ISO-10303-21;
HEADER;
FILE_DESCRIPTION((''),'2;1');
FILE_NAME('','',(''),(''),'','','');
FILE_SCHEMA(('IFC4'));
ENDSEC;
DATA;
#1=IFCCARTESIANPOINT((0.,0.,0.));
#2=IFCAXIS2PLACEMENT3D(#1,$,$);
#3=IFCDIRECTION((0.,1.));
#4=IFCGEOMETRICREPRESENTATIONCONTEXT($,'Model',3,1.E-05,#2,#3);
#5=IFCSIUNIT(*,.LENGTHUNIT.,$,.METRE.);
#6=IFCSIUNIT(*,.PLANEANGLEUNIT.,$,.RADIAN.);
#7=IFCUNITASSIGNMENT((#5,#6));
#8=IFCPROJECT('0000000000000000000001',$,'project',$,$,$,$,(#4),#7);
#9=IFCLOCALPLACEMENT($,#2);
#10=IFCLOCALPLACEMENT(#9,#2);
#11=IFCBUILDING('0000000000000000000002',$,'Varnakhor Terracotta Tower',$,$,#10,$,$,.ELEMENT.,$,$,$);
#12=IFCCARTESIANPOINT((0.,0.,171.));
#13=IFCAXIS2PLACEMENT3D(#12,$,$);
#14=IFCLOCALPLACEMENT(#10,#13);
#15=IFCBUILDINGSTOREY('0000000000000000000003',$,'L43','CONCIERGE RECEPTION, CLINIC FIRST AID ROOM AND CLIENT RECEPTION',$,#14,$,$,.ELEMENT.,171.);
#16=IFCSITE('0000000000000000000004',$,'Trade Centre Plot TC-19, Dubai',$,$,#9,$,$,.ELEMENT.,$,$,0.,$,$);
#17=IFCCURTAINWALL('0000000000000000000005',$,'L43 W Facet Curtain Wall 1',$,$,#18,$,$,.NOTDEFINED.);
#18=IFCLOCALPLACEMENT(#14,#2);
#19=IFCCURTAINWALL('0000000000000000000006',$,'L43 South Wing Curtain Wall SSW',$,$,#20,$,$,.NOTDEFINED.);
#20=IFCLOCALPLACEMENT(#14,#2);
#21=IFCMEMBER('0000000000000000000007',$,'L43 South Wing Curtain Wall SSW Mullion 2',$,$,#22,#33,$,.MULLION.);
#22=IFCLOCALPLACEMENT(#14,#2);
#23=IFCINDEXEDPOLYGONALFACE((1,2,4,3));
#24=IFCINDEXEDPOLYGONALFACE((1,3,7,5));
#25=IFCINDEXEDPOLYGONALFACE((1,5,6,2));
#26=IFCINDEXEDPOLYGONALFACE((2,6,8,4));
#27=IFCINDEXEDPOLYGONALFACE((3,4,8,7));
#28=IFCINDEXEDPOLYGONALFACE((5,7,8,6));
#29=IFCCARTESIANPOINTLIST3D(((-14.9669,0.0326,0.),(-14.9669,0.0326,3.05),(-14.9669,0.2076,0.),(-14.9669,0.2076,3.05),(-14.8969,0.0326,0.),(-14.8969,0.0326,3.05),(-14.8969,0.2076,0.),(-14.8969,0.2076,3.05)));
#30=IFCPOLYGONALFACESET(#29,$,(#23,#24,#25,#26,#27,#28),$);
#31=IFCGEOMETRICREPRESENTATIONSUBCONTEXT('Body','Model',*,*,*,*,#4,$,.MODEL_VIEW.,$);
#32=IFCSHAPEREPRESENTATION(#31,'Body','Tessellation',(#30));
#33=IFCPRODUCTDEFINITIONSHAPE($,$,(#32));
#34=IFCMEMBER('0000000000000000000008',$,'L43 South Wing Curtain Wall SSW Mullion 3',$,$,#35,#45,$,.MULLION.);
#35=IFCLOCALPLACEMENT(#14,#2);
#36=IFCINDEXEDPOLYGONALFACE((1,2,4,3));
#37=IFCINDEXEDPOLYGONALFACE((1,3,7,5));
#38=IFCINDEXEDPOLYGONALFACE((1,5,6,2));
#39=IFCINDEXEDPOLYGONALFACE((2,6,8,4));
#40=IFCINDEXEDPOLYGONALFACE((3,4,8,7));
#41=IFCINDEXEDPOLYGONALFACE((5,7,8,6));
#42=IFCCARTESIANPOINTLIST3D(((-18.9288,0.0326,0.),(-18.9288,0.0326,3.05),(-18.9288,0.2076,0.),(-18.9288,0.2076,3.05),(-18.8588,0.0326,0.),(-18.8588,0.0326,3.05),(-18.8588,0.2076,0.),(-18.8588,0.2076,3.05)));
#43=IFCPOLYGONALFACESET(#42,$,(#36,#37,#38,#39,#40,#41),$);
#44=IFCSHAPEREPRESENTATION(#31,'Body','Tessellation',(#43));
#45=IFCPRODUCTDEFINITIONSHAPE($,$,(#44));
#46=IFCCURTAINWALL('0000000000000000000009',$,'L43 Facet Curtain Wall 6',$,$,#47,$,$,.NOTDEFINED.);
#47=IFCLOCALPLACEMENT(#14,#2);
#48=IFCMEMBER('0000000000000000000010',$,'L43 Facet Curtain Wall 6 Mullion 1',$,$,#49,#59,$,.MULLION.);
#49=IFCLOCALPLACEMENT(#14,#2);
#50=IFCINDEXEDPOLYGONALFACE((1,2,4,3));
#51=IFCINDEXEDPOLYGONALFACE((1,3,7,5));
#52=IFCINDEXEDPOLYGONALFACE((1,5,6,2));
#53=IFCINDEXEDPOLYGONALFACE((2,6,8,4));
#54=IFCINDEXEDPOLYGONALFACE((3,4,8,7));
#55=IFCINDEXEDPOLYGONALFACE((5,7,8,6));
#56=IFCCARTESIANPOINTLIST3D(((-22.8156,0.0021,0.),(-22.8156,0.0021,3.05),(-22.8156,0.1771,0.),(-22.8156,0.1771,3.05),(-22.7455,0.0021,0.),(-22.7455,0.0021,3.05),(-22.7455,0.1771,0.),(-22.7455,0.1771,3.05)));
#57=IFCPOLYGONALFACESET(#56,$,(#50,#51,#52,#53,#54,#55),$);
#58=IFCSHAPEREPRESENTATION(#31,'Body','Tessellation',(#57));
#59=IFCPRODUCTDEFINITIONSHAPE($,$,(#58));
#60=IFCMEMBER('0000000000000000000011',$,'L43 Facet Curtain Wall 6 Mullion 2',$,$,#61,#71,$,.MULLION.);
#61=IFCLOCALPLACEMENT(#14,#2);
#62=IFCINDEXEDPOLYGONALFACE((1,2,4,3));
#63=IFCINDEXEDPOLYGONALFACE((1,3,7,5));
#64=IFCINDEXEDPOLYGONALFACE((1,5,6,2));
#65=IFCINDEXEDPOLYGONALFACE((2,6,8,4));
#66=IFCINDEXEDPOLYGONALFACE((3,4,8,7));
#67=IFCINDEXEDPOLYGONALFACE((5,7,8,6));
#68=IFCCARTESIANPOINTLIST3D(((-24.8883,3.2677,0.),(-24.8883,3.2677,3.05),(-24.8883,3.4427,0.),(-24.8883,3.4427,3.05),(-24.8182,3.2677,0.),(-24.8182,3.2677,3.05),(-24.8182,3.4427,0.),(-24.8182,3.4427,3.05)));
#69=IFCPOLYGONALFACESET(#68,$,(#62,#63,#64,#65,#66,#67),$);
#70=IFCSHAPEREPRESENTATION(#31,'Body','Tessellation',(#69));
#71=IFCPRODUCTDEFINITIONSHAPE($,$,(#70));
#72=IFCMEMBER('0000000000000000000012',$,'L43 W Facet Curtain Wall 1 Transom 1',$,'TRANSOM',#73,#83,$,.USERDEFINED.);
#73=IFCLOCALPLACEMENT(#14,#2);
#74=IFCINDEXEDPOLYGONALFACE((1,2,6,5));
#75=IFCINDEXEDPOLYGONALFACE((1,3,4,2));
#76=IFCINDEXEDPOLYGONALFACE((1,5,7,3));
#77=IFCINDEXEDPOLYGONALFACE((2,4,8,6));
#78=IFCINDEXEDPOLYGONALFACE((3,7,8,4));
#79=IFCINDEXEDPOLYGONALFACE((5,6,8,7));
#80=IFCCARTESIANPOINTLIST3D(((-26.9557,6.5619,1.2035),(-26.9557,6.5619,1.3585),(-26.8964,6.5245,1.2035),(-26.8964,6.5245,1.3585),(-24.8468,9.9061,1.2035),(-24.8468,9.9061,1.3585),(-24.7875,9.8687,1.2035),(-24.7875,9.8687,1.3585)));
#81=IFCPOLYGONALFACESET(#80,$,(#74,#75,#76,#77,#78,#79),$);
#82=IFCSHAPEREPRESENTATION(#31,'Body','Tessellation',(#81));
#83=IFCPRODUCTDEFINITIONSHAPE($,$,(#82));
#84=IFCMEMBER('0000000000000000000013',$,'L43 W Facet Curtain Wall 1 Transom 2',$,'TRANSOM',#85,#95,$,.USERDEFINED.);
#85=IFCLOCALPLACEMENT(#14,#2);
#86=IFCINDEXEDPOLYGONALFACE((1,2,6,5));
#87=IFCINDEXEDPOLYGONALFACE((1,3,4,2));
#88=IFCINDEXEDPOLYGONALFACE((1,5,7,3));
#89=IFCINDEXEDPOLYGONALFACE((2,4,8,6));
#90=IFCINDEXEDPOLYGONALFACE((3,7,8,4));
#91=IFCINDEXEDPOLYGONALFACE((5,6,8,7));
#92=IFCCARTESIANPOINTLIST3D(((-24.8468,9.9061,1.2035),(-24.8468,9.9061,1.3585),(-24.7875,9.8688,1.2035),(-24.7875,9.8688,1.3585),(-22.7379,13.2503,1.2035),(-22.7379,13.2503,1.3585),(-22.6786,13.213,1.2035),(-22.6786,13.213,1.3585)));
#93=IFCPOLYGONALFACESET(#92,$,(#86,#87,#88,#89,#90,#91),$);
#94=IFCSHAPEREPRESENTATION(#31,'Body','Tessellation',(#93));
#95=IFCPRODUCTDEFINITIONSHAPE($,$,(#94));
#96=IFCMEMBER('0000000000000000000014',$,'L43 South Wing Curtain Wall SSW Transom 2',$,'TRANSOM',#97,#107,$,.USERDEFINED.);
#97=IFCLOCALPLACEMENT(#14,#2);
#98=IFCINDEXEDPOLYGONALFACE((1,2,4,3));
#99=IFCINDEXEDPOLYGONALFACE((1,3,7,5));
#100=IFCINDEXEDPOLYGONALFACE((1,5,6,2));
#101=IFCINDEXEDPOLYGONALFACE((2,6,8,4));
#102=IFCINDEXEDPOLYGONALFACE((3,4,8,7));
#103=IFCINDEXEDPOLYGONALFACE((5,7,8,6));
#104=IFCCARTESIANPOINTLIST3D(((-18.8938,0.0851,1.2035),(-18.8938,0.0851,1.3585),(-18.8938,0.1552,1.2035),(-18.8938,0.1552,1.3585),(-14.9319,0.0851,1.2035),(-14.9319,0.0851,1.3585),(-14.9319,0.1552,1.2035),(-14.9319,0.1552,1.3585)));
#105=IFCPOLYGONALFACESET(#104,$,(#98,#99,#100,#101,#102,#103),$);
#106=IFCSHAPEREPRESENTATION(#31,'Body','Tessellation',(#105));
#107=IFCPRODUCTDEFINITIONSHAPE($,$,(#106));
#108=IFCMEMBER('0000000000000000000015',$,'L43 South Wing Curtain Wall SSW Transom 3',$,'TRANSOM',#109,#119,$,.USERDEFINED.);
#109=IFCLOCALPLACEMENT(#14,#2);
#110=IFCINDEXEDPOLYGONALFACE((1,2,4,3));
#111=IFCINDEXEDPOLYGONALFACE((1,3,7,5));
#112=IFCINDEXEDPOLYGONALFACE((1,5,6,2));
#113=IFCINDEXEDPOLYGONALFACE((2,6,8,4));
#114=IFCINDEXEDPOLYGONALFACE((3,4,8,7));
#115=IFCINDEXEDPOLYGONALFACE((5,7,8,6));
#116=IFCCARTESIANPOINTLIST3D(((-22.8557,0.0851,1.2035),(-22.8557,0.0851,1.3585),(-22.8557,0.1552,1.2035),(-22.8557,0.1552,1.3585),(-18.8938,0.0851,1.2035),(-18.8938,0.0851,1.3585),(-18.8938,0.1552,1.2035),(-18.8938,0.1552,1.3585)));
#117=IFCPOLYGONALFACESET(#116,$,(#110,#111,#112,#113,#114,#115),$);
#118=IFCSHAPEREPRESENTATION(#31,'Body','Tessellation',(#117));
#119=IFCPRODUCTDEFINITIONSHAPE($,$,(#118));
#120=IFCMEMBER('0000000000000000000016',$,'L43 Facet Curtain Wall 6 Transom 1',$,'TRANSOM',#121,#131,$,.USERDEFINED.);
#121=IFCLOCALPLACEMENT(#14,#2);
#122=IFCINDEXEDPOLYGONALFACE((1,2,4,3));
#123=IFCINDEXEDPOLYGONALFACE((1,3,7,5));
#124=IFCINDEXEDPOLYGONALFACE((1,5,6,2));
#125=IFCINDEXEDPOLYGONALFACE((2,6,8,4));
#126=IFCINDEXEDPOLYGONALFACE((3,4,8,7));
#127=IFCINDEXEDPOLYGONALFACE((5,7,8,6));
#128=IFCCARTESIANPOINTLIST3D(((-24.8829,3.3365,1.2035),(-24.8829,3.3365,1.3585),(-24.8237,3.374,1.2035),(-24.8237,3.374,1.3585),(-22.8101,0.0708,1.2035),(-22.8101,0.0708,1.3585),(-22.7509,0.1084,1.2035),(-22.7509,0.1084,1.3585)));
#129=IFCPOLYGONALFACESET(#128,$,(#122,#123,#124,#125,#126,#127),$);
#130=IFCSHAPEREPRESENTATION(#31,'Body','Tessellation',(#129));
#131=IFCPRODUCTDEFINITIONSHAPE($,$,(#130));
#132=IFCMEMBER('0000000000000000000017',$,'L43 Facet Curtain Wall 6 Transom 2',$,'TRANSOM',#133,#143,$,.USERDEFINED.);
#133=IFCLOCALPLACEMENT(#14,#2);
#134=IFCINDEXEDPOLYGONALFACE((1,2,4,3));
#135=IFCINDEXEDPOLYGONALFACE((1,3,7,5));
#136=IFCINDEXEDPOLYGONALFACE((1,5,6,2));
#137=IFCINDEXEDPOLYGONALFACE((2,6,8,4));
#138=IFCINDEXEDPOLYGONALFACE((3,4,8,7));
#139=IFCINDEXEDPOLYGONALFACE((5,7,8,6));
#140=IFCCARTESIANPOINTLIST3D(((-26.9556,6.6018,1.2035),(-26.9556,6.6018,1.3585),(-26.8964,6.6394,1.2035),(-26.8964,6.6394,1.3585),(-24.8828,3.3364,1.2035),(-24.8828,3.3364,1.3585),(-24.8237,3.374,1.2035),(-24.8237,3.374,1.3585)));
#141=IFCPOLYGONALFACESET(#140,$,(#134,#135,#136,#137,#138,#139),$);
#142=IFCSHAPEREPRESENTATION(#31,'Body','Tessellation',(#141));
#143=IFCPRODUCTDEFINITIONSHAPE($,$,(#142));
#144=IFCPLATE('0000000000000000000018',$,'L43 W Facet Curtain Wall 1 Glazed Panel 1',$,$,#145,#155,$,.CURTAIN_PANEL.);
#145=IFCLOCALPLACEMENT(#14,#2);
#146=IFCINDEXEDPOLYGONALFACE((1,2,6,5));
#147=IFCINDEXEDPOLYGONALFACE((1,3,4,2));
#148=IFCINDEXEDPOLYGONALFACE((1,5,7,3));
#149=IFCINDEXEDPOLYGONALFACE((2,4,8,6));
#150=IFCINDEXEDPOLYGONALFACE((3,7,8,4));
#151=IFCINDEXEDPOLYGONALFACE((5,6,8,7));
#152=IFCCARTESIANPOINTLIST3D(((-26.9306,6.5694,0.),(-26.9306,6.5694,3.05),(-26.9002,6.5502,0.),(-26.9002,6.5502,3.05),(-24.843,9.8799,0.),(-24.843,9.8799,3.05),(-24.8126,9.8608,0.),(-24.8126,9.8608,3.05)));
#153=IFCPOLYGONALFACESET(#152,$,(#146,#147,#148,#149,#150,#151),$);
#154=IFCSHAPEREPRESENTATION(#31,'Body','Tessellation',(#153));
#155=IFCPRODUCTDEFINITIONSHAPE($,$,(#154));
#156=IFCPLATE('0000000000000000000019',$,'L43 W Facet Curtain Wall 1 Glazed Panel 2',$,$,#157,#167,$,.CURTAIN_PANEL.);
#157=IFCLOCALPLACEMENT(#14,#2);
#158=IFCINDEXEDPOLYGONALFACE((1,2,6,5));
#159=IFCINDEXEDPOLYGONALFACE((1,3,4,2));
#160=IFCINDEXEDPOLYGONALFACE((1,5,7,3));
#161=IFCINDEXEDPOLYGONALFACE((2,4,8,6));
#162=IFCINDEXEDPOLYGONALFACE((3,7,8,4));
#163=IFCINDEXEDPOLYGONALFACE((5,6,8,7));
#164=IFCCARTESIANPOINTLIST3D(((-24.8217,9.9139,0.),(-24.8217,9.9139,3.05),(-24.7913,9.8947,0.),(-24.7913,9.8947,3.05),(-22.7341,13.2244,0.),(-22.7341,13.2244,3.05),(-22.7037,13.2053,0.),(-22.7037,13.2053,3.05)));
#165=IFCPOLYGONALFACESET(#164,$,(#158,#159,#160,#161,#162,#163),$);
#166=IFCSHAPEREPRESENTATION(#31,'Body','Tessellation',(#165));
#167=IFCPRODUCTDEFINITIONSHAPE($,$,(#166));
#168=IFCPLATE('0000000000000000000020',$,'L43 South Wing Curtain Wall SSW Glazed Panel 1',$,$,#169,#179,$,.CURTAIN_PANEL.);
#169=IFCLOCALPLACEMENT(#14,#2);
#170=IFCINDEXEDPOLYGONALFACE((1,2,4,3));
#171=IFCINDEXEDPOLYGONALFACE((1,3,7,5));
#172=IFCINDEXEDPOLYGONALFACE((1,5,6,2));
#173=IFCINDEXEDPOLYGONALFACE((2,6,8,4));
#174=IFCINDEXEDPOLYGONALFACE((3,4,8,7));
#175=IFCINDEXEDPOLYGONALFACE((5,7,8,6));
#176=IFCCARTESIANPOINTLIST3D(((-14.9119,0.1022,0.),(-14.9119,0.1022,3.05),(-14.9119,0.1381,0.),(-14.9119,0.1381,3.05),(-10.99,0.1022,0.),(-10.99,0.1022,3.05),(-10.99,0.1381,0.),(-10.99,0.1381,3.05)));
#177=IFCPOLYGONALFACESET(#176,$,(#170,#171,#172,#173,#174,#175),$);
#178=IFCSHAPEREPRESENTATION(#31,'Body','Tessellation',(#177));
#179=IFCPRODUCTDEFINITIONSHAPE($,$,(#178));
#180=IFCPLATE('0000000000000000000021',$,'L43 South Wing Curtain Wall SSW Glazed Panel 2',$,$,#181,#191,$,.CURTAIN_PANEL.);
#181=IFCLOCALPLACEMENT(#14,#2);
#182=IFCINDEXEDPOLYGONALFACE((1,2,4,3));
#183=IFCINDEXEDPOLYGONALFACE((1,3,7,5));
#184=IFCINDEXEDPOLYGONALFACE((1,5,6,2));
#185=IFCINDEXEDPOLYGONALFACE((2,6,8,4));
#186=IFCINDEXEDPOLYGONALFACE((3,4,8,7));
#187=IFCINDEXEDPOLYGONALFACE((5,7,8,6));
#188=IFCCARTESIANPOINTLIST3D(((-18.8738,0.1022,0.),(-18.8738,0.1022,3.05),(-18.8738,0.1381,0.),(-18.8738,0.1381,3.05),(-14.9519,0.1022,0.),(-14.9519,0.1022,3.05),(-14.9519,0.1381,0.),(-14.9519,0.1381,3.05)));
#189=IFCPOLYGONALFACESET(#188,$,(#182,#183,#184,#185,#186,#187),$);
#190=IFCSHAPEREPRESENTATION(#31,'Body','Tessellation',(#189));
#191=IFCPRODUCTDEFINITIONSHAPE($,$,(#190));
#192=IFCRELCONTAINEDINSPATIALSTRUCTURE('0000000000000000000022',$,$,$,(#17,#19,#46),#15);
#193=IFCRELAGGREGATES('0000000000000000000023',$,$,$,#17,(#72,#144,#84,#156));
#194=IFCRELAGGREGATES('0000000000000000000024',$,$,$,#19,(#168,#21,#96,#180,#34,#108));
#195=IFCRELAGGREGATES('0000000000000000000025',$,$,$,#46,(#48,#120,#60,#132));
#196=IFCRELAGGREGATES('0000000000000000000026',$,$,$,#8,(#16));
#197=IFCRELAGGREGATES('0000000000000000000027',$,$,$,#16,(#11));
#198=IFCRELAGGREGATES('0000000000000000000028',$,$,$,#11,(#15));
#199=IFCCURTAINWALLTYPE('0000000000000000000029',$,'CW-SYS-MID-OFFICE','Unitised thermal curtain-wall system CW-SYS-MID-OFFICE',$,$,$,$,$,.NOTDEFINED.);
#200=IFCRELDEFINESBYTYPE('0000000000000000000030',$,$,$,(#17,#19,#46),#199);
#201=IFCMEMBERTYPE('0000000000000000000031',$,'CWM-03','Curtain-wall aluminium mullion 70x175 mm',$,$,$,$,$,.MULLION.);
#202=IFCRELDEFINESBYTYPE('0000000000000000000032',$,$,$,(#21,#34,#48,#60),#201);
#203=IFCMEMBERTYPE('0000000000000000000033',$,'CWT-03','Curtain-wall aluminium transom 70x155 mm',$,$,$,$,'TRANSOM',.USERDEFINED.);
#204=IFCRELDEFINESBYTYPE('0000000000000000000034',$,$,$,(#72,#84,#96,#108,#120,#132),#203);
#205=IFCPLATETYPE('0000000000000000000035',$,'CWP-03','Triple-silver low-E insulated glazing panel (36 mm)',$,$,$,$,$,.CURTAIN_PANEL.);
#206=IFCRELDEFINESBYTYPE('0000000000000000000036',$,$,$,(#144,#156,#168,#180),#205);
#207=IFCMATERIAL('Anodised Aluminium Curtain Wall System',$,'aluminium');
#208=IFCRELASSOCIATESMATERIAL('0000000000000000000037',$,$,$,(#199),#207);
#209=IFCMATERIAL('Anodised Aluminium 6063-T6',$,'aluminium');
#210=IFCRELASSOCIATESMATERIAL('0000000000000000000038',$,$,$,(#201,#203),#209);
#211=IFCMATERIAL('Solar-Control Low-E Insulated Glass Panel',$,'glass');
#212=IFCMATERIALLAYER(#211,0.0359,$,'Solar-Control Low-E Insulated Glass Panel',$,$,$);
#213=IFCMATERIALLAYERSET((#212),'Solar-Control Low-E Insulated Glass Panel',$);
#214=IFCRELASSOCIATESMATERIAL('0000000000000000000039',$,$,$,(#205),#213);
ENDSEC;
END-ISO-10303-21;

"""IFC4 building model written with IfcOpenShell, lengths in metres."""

from ifc_helpers import new_model, si_unit, direction, frame, origin, origin_2d, place, context, subcontext, project, spatial, rectangle, extrude, source, transform, mapped, material, layer, layer_set, material_profile, profile_set, type_object, element, aggregate, save


model = new_model("IFC4")

# Units and contexts
model_context = context("Model", 3, precision=1e-05, world=origin(), true_north=direction((0.0, 1.0)))
body_context = subcontext(model_context, "Body", "Model", "MODEL_VIEW")
ifc_project = project(units=[si_unit("LENGTHUNIT", "METRE"), si_unit("PLANEANGLEUNIT", "RADIAN")], contexts=[model_context])

# Site, building, storey
site_placement = place(None, origin())
site = spatial("IfcSite", under=ifc_project, at=site_placement, Name="Trade Centre Plot TC-19, Dubai", CompositionType="ELEMENT", RefElevation=0.0)
building_placement = place(site_placement, origin())
building = spatial("IfcBuilding", under=site, at=building_placement, Name="Varnakhor Terracotta Tower", CompositionType="ELEMENT")
storey_placement = place(building_placement, frame((0.0, 0.0, 171.0)))
storey = spatial("IfcBuildingStorey", under=building, at=storey_placement, Name="L43", Description="CONCIERGE RECEPTION, CLINIC FIRST AID ROOM AND CLIENT RECEPTION", CompositionType="ELEMENT", Elevation=171.0)

# Curtain walls, members
ifc_material_1 = material(Name="Anodised Aluminium Curtain Wall System", Category="aluminium")
curtain_wall_type = type_object("IfcCurtainWallType", Name="CW-SYS-MID-OFFICE", Description="Unitised thermal curtain-wall system CW-SYS-MID-OFFICE", PredefinedType="NOTDEFINED", material=ifc_material_1)
curtain_wall_1_placement = place(storey_placement, origin())
curtain_wall_1 = element("IfcCurtainWall", 1, at=curtain_wall_1_placement, inside=storey, type_object=curtain_wall_type, Name="L43 W Facet Curtain Wall 1", PredefinedType="NOTDEFINED")
ifc_material_2 = material(Name="Anodised Aluminium 6063-T6", Category="aluminium")
ifc_material_profile_1 = material_profile(ifc_material_2, rectangle(XDim=0.0701, YDim=0.175, at=origin_2d()), Name="ALU MULLION 70x175")
ifc_profile_set_1 = profile_set([ifc_material_profile_1], Name="Anodised Aluminium 6063-T6")
member_type_1 = type_object("IfcMemberType", Name="CWM-03", Description="Curtain-wall aluminium mullion 70x175 mm", PredefinedType="MULLION", material=ifc_profile_set_1)
shared_shape_1 = source(origin(), body_context, "Body", "SweptSolid", [
    extrude(rectangle(XDim=0.0701, YDim=0.175, at=origin_2d()), origin(), (0.0, 0.0, 1.0), 3.05),
])
curtain_wall_2_placement = place(storey_placement, origin())
curtain_wall_2 = element("IfcCurtainWall", 2, at=curtain_wall_2_placement, inside=storey, type_object=curtain_wall_type, Name="L43 South Wing Curtain Wall SSW", PredefinedType="NOTDEFINED")
member_1_placement = place(storey_placement, frame((-14.9319, 0.1201, 0.0), z_axis=(0.0, 0.0, 1.0), x_axis=(1.0, 0.0, 0.0)))
member_1 = element("IfcMember", 3, at=member_1_placement, type_object=member_type_1, Name="L43 South Wing Curtain Wall SSW Mullion 2", PredefinedType="MULLION", context=body_context, shape_type="MappedRepresentation", body=[
    mapped(shared_shape_1, transform((0.0, 0.0, 0.0), scale=1.0)),
])
member_2_placement = place(storey_placement, frame((-18.8938, 0.1201, 0.0), z_axis=(0.0, 0.0, 1.0), x_axis=(1.0, 0.0, 0.0)))
member_2 = element("IfcMember", 4, at=member_2_placement, type_object=member_type_1, Name="L43 South Wing Curtain Wall SSW Mullion 3", PredefinedType="MULLION", context=body_context, shape_type="MappedRepresentation", body=[
    mapped(shared_shape_1, transform((0.0, 0.0, 0.0), scale=1.0)),
])
curtain_wall_3_placement = place(storey_placement, origin())
curtain_wall_3 = element("IfcCurtainWall", 5, at=curtain_wall_3_placement, inside=storey, type_object=curtain_wall_type, Name="L43 Facet Curtain Wall 6", PredefinedType="NOTDEFINED")
member_3_placement = place(storey_placement, frame((-22.7805, 0.0896, 0.0), z_axis=(0.0, 0.0, 1.0), x_axis=(1.0, 0.0, 0.0)))
member_3 = element("IfcMember", 6, at=member_3_placement, type_object=member_type_1, Name="L43 Facet Curtain Wall 6 Mullion 1", PredefinedType="MULLION", context=body_context, shape_type="MappedRepresentation", body=[
    mapped(shared_shape_1, transform((0.0, 0.0, 0.0), scale=1.0)),
])
member_4_placement = place(storey_placement, frame((-24.8533, 3.3552, 0.0), z_axis=(0.0, 0.0, 1.0), x_axis=(1.0, 0.0, 0.0)))
member_4 = element("IfcMember", 7, at=member_4_placement, type_object=member_type_1, Name="L43 Facet Curtain Wall 6 Mullion 2", PredefinedType="MULLION", context=body_context, shape_type="MappedRepresentation", body=[
    mapped(shared_shape_1, transform((0.0, 0.0, 0.0), scale=1.0)),
])

# Members
ifc_material_profile_2 = material_profile(ifc_material_2, rectangle(XDim=0.0701, YDim=0.155, at=origin_2d()), Name="ALU TRANSOM 70x155")
ifc_profile_set_2 = profile_set([ifc_material_profile_2], Name="Anodised Aluminium 6063-T6")
member_type_2 = type_object("IfcMemberType", Name="CWT-03", Description="Curtain-wall aluminium transom 70x155 mm", ElementType="TRANSOM", PredefinedType="USERDEFINED", material=ifc_profile_set_2)
shared_shape_2 = source(origin(), body_context, "Body", "SweptSolid", [
    extrude(rectangle(XDim=0.0701, YDim=0.155, at=origin_2d()), origin(), (0.0, 0.0, 1.0), 3.9536),
])
member_5_placement = place(storey_placement, frame((-26.926, 6.5432, 1.281), z_axis=(0.533403, 0.845861, 0.0), x_axis=(-0.845861, 0.533403, 0.0)))
member_5 = element("IfcMember", 8, at=member_5_placement, type_object=member_type_2, Name="L43 W Facet Curtain Wall 1 Transom 1", ObjectType="TRANSOM", PredefinedType="USERDEFINED", context=body_context, shape_type="MappedRepresentation", body=[
    mapped(shared_shape_2, transform((0.0, 0.0, 0.0), scale=1.0)),
])
member_6_placement = place(storey_placement, frame((-24.8171, 9.8875, 1.281), z_axis=(0.533403, 0.845861, 0.0), x_axis=(-0.845861, 0.533403, 0.0)))
member_6 = element("IfcMember", 9, at=member_6_placement, type_object=member_type_2, Name="L43 W Facet Curtain Wall 1 Transom 2", ObjectType="TRANSOM", PredefinedType="USERDEFINED", context=body_context, shape_type="MappedRepresentation", body=[
    mapped(shared_shape_2, transform((0.0, 0.0, 0.0), scale=1.0)),
])
shared_shape_3 = source(origin(), body_context, "Body", "SweptSolid", [
    extrude(rectangle(XDim=0.0701, YDim=0.155, at=origin_2d()), origin(), (0.0, 0.0, 1.0), 3.9619),
])
member_7_placement = place(storey_placement, frame((-14.9319, 0.1201, 1.281), z_axis=(-1.0, 0.0, 0.0), x_axis=(0.0, -1.0, 0.0)))
member_7 = element("IfcMember", 10, at=member_7_placement, type_object=member_type_2, Name="L43 South Wing Curtain Wall SSW Transom 2", ObjectType="TRANSOM", PredefinedType="USERDEFINED", context=body_context, shape_type="MappedRepresentation", body=[
    mapped(shared_shape_3, transform((0.0, 0.0, 0.0), scale=1.0)),
])
member_8_placement = place(storey_placement, frame((-18.8938, 0.1201, 1.281), z_axis=(-1.0, 0.0, 0.0), x_axis=(0.0, -1.0, 0.0)))
member_8 = element("IfcMember", 11, at=member_8_placement, type_object=member_type_2, Name="L43 South Wing Curtain Wall SSW Transom 3", ObjectType="TRANSOM", PredefinedType="USERDEFINED", context=body_context, shape_type="MappedRepresentation", body=[
    mapped(shared_shape_3, transform((0.0, 0.0, 0.0), scale=1.0)),
])
shared_shape_4 = source(origin(), body_context, "Body", "SweptSolid", [
    extrude(rectangle(XDim=0.0701, YDim=0.155, at=origin_2d()), origin(), (0.0, 0.0, 1.0), 3.8679),
])
member_9_placement = place(storey_placement, frame((-22.7805, 0.0896, 1.281), z_axis=(-0.535887, 0.84429, 0.0), x_axis=(-0.84429, -0.535887, 0.0)))
member_9 = element("IfcMember", 12, at=member_9_placement, type_object=member_type_2, Name="L43 Facet Curtain Wall 6 Transom 1", ObjectType="TRANSOM", PredefinedType="USERDEFINED", context=body_context, shape_type="MappedRepresentation", body=[
    mapped(shared_shape_4, transform((0.0, 0.0, 0.0), scale=1.0)),
])
shared_shape_5 = source(origin(), body_context, "Body", "SweptSolid", [
    extrude(rectangle(XDim=0.0701, YDim=0.155, at=origin_2d()), origin(), (0.0, 0.0, 1.0), 3.8677),
])
member_10_placement = place(storey_placement, frame((-24.8533, 3.3552, 1.281), z_axis=(-0.535915, 0.844272, 0.0), x_axis=(-0.844272, -0.535915, 0.0)))
member_10 = element("IfcMember", 13, at=member_10_placement, type_object=member_type_2, Name="L43 Facet Curtain Wall 6 Transom 2", ObjectType="TRANSOM", PredefinedType="USERDEFINED", context=body_context, shape_type="MappedRepresentation", body=[
    mapped(shared_shape_5, transform((0.0, 0.0, 0.0), scale=1.0)),
])

# Plates
ifc_material_3 = material(Name="Solar-Control Low-E Insulated Glass Panel", Category="glass")
ifc_layer_1 = layer(ifc_material_3, 0.0359, Name="Solar-Control Low-E Insulated Glass Panel")
ifc_layer_set_1 = layer_set([ifc_layer_1], Name="Solar-Control Low-E Insulated Glass Panel")
plate_type = type_object("IfcPlateType", Name="CWP-03", Description="Triple-silver low-E insulated glazing panel (36 mm)", PredefinedType="CURTAIN_PANEL", material=ifc_layer_set_1)
shared_shape_6 = source(origin(), body_context, "Body", "SweptSolid", [
    extrude(rectangle(XDim=3.9138, YDim=0.0359, at=origin_2d()), origin(), (0.0, 0.0, 1.0), 3.05),
])
plate_1_placement = place(storey_placement, frame((-25.8716, 8.2151, 0.0), z_axis=(0.0, 0.0, 1.0), x_axis=(0.533393, 0.845867, 0.0)))
plate_1 = element("IfcPlate", 14, at=plate_1_placement, type_object=plate_type, Name="L43 W Facet Curtain Wall 1 Glazed Panel 1", PredefinedType="CURTAIN_PANEL", context=body_context, shape_type="MappedRepresentation", body=[
    mapped(shared_shape_6, transform((0.0, 0.0, 0.0), scale=1.0)),
])
plate_2_placement = place(storey_placement, frame((-23.7627, 11.5596, 0.0), z_axis=(0.0, 0.0, 1.0), x_axis=(0.533393, 0.845867, 0.0)))
plate_2 = element("IfcPlate", 15, at=plate_2_placement, type_object=plate_type, Name="L43 W Facet Curtain Wall 1 Glazed Panel 2", PredefinedType="CURTAIN_PANEL", context=body_context, shape_type="MappedRepresentation", body=[
    mapped(shared_shape_6, transform((0.0, 0.0, 0.0), scale=1.0)),
])
aggregate(curtain_wall_1, [member_5, plate_1, member_6, plate_2])
shared_shape_7 = source(origin(), body_context, "Body", "SweptSolid", [
    extrude(rectangle(XDim=3.9219, YDim=0.0359, at=origin_2d()), origin(), (0.0, 0.0, 1.0), 3.05),
])
plate_3_placement = place(storey_placement, frame((-12.9509, 0.1201, 0.0), z_axis=(0.0, 0.0, 1.0), x_axis=(-1.0, 0.0, 0.0)))
plate_3 = element("IfcPlate", 16, at=plate_3_placement, type_object=plate_type, Name="L43 South Wing Curtain Wall SSW Glazed Panel 1", PredefinedType="CURTAIN_PANEL", context=body_context, shape_type="MappedRepresentation", body=[
    mapped(shared_shape_7, transform((0.0, 0.0, 0.0), scale=1.0)),
])
plate_4_placement = place(storey_placement, frame((-16.9128, 0.1201, 0.0), z_axis=(0.0, 0.0, 1.0), x_axis=(-1.0, 0.0, 0.0)))
plate_4 = element("IfcPlate", 17, at=plate_4_placement, type_object=plate_type, Name="L43 South Wing Curtain Wall SSW Glazed Panel 2", PredefinedType="CURTAIN_PANEL", context=body_context, shape_type="MappedRepresentation", body=[
    mapped(shared_shape_7, transform((0.0, 0.0, 0.0), scale=1.0)),
])
aggregate(curtain_wall_2, [plate_3, member_1, member_7, plate_4, member_2, member_8])
aggregate(curtain_wall_3, [member_3, member_9, member_4, member_10])

save(model, "model.ifc")
